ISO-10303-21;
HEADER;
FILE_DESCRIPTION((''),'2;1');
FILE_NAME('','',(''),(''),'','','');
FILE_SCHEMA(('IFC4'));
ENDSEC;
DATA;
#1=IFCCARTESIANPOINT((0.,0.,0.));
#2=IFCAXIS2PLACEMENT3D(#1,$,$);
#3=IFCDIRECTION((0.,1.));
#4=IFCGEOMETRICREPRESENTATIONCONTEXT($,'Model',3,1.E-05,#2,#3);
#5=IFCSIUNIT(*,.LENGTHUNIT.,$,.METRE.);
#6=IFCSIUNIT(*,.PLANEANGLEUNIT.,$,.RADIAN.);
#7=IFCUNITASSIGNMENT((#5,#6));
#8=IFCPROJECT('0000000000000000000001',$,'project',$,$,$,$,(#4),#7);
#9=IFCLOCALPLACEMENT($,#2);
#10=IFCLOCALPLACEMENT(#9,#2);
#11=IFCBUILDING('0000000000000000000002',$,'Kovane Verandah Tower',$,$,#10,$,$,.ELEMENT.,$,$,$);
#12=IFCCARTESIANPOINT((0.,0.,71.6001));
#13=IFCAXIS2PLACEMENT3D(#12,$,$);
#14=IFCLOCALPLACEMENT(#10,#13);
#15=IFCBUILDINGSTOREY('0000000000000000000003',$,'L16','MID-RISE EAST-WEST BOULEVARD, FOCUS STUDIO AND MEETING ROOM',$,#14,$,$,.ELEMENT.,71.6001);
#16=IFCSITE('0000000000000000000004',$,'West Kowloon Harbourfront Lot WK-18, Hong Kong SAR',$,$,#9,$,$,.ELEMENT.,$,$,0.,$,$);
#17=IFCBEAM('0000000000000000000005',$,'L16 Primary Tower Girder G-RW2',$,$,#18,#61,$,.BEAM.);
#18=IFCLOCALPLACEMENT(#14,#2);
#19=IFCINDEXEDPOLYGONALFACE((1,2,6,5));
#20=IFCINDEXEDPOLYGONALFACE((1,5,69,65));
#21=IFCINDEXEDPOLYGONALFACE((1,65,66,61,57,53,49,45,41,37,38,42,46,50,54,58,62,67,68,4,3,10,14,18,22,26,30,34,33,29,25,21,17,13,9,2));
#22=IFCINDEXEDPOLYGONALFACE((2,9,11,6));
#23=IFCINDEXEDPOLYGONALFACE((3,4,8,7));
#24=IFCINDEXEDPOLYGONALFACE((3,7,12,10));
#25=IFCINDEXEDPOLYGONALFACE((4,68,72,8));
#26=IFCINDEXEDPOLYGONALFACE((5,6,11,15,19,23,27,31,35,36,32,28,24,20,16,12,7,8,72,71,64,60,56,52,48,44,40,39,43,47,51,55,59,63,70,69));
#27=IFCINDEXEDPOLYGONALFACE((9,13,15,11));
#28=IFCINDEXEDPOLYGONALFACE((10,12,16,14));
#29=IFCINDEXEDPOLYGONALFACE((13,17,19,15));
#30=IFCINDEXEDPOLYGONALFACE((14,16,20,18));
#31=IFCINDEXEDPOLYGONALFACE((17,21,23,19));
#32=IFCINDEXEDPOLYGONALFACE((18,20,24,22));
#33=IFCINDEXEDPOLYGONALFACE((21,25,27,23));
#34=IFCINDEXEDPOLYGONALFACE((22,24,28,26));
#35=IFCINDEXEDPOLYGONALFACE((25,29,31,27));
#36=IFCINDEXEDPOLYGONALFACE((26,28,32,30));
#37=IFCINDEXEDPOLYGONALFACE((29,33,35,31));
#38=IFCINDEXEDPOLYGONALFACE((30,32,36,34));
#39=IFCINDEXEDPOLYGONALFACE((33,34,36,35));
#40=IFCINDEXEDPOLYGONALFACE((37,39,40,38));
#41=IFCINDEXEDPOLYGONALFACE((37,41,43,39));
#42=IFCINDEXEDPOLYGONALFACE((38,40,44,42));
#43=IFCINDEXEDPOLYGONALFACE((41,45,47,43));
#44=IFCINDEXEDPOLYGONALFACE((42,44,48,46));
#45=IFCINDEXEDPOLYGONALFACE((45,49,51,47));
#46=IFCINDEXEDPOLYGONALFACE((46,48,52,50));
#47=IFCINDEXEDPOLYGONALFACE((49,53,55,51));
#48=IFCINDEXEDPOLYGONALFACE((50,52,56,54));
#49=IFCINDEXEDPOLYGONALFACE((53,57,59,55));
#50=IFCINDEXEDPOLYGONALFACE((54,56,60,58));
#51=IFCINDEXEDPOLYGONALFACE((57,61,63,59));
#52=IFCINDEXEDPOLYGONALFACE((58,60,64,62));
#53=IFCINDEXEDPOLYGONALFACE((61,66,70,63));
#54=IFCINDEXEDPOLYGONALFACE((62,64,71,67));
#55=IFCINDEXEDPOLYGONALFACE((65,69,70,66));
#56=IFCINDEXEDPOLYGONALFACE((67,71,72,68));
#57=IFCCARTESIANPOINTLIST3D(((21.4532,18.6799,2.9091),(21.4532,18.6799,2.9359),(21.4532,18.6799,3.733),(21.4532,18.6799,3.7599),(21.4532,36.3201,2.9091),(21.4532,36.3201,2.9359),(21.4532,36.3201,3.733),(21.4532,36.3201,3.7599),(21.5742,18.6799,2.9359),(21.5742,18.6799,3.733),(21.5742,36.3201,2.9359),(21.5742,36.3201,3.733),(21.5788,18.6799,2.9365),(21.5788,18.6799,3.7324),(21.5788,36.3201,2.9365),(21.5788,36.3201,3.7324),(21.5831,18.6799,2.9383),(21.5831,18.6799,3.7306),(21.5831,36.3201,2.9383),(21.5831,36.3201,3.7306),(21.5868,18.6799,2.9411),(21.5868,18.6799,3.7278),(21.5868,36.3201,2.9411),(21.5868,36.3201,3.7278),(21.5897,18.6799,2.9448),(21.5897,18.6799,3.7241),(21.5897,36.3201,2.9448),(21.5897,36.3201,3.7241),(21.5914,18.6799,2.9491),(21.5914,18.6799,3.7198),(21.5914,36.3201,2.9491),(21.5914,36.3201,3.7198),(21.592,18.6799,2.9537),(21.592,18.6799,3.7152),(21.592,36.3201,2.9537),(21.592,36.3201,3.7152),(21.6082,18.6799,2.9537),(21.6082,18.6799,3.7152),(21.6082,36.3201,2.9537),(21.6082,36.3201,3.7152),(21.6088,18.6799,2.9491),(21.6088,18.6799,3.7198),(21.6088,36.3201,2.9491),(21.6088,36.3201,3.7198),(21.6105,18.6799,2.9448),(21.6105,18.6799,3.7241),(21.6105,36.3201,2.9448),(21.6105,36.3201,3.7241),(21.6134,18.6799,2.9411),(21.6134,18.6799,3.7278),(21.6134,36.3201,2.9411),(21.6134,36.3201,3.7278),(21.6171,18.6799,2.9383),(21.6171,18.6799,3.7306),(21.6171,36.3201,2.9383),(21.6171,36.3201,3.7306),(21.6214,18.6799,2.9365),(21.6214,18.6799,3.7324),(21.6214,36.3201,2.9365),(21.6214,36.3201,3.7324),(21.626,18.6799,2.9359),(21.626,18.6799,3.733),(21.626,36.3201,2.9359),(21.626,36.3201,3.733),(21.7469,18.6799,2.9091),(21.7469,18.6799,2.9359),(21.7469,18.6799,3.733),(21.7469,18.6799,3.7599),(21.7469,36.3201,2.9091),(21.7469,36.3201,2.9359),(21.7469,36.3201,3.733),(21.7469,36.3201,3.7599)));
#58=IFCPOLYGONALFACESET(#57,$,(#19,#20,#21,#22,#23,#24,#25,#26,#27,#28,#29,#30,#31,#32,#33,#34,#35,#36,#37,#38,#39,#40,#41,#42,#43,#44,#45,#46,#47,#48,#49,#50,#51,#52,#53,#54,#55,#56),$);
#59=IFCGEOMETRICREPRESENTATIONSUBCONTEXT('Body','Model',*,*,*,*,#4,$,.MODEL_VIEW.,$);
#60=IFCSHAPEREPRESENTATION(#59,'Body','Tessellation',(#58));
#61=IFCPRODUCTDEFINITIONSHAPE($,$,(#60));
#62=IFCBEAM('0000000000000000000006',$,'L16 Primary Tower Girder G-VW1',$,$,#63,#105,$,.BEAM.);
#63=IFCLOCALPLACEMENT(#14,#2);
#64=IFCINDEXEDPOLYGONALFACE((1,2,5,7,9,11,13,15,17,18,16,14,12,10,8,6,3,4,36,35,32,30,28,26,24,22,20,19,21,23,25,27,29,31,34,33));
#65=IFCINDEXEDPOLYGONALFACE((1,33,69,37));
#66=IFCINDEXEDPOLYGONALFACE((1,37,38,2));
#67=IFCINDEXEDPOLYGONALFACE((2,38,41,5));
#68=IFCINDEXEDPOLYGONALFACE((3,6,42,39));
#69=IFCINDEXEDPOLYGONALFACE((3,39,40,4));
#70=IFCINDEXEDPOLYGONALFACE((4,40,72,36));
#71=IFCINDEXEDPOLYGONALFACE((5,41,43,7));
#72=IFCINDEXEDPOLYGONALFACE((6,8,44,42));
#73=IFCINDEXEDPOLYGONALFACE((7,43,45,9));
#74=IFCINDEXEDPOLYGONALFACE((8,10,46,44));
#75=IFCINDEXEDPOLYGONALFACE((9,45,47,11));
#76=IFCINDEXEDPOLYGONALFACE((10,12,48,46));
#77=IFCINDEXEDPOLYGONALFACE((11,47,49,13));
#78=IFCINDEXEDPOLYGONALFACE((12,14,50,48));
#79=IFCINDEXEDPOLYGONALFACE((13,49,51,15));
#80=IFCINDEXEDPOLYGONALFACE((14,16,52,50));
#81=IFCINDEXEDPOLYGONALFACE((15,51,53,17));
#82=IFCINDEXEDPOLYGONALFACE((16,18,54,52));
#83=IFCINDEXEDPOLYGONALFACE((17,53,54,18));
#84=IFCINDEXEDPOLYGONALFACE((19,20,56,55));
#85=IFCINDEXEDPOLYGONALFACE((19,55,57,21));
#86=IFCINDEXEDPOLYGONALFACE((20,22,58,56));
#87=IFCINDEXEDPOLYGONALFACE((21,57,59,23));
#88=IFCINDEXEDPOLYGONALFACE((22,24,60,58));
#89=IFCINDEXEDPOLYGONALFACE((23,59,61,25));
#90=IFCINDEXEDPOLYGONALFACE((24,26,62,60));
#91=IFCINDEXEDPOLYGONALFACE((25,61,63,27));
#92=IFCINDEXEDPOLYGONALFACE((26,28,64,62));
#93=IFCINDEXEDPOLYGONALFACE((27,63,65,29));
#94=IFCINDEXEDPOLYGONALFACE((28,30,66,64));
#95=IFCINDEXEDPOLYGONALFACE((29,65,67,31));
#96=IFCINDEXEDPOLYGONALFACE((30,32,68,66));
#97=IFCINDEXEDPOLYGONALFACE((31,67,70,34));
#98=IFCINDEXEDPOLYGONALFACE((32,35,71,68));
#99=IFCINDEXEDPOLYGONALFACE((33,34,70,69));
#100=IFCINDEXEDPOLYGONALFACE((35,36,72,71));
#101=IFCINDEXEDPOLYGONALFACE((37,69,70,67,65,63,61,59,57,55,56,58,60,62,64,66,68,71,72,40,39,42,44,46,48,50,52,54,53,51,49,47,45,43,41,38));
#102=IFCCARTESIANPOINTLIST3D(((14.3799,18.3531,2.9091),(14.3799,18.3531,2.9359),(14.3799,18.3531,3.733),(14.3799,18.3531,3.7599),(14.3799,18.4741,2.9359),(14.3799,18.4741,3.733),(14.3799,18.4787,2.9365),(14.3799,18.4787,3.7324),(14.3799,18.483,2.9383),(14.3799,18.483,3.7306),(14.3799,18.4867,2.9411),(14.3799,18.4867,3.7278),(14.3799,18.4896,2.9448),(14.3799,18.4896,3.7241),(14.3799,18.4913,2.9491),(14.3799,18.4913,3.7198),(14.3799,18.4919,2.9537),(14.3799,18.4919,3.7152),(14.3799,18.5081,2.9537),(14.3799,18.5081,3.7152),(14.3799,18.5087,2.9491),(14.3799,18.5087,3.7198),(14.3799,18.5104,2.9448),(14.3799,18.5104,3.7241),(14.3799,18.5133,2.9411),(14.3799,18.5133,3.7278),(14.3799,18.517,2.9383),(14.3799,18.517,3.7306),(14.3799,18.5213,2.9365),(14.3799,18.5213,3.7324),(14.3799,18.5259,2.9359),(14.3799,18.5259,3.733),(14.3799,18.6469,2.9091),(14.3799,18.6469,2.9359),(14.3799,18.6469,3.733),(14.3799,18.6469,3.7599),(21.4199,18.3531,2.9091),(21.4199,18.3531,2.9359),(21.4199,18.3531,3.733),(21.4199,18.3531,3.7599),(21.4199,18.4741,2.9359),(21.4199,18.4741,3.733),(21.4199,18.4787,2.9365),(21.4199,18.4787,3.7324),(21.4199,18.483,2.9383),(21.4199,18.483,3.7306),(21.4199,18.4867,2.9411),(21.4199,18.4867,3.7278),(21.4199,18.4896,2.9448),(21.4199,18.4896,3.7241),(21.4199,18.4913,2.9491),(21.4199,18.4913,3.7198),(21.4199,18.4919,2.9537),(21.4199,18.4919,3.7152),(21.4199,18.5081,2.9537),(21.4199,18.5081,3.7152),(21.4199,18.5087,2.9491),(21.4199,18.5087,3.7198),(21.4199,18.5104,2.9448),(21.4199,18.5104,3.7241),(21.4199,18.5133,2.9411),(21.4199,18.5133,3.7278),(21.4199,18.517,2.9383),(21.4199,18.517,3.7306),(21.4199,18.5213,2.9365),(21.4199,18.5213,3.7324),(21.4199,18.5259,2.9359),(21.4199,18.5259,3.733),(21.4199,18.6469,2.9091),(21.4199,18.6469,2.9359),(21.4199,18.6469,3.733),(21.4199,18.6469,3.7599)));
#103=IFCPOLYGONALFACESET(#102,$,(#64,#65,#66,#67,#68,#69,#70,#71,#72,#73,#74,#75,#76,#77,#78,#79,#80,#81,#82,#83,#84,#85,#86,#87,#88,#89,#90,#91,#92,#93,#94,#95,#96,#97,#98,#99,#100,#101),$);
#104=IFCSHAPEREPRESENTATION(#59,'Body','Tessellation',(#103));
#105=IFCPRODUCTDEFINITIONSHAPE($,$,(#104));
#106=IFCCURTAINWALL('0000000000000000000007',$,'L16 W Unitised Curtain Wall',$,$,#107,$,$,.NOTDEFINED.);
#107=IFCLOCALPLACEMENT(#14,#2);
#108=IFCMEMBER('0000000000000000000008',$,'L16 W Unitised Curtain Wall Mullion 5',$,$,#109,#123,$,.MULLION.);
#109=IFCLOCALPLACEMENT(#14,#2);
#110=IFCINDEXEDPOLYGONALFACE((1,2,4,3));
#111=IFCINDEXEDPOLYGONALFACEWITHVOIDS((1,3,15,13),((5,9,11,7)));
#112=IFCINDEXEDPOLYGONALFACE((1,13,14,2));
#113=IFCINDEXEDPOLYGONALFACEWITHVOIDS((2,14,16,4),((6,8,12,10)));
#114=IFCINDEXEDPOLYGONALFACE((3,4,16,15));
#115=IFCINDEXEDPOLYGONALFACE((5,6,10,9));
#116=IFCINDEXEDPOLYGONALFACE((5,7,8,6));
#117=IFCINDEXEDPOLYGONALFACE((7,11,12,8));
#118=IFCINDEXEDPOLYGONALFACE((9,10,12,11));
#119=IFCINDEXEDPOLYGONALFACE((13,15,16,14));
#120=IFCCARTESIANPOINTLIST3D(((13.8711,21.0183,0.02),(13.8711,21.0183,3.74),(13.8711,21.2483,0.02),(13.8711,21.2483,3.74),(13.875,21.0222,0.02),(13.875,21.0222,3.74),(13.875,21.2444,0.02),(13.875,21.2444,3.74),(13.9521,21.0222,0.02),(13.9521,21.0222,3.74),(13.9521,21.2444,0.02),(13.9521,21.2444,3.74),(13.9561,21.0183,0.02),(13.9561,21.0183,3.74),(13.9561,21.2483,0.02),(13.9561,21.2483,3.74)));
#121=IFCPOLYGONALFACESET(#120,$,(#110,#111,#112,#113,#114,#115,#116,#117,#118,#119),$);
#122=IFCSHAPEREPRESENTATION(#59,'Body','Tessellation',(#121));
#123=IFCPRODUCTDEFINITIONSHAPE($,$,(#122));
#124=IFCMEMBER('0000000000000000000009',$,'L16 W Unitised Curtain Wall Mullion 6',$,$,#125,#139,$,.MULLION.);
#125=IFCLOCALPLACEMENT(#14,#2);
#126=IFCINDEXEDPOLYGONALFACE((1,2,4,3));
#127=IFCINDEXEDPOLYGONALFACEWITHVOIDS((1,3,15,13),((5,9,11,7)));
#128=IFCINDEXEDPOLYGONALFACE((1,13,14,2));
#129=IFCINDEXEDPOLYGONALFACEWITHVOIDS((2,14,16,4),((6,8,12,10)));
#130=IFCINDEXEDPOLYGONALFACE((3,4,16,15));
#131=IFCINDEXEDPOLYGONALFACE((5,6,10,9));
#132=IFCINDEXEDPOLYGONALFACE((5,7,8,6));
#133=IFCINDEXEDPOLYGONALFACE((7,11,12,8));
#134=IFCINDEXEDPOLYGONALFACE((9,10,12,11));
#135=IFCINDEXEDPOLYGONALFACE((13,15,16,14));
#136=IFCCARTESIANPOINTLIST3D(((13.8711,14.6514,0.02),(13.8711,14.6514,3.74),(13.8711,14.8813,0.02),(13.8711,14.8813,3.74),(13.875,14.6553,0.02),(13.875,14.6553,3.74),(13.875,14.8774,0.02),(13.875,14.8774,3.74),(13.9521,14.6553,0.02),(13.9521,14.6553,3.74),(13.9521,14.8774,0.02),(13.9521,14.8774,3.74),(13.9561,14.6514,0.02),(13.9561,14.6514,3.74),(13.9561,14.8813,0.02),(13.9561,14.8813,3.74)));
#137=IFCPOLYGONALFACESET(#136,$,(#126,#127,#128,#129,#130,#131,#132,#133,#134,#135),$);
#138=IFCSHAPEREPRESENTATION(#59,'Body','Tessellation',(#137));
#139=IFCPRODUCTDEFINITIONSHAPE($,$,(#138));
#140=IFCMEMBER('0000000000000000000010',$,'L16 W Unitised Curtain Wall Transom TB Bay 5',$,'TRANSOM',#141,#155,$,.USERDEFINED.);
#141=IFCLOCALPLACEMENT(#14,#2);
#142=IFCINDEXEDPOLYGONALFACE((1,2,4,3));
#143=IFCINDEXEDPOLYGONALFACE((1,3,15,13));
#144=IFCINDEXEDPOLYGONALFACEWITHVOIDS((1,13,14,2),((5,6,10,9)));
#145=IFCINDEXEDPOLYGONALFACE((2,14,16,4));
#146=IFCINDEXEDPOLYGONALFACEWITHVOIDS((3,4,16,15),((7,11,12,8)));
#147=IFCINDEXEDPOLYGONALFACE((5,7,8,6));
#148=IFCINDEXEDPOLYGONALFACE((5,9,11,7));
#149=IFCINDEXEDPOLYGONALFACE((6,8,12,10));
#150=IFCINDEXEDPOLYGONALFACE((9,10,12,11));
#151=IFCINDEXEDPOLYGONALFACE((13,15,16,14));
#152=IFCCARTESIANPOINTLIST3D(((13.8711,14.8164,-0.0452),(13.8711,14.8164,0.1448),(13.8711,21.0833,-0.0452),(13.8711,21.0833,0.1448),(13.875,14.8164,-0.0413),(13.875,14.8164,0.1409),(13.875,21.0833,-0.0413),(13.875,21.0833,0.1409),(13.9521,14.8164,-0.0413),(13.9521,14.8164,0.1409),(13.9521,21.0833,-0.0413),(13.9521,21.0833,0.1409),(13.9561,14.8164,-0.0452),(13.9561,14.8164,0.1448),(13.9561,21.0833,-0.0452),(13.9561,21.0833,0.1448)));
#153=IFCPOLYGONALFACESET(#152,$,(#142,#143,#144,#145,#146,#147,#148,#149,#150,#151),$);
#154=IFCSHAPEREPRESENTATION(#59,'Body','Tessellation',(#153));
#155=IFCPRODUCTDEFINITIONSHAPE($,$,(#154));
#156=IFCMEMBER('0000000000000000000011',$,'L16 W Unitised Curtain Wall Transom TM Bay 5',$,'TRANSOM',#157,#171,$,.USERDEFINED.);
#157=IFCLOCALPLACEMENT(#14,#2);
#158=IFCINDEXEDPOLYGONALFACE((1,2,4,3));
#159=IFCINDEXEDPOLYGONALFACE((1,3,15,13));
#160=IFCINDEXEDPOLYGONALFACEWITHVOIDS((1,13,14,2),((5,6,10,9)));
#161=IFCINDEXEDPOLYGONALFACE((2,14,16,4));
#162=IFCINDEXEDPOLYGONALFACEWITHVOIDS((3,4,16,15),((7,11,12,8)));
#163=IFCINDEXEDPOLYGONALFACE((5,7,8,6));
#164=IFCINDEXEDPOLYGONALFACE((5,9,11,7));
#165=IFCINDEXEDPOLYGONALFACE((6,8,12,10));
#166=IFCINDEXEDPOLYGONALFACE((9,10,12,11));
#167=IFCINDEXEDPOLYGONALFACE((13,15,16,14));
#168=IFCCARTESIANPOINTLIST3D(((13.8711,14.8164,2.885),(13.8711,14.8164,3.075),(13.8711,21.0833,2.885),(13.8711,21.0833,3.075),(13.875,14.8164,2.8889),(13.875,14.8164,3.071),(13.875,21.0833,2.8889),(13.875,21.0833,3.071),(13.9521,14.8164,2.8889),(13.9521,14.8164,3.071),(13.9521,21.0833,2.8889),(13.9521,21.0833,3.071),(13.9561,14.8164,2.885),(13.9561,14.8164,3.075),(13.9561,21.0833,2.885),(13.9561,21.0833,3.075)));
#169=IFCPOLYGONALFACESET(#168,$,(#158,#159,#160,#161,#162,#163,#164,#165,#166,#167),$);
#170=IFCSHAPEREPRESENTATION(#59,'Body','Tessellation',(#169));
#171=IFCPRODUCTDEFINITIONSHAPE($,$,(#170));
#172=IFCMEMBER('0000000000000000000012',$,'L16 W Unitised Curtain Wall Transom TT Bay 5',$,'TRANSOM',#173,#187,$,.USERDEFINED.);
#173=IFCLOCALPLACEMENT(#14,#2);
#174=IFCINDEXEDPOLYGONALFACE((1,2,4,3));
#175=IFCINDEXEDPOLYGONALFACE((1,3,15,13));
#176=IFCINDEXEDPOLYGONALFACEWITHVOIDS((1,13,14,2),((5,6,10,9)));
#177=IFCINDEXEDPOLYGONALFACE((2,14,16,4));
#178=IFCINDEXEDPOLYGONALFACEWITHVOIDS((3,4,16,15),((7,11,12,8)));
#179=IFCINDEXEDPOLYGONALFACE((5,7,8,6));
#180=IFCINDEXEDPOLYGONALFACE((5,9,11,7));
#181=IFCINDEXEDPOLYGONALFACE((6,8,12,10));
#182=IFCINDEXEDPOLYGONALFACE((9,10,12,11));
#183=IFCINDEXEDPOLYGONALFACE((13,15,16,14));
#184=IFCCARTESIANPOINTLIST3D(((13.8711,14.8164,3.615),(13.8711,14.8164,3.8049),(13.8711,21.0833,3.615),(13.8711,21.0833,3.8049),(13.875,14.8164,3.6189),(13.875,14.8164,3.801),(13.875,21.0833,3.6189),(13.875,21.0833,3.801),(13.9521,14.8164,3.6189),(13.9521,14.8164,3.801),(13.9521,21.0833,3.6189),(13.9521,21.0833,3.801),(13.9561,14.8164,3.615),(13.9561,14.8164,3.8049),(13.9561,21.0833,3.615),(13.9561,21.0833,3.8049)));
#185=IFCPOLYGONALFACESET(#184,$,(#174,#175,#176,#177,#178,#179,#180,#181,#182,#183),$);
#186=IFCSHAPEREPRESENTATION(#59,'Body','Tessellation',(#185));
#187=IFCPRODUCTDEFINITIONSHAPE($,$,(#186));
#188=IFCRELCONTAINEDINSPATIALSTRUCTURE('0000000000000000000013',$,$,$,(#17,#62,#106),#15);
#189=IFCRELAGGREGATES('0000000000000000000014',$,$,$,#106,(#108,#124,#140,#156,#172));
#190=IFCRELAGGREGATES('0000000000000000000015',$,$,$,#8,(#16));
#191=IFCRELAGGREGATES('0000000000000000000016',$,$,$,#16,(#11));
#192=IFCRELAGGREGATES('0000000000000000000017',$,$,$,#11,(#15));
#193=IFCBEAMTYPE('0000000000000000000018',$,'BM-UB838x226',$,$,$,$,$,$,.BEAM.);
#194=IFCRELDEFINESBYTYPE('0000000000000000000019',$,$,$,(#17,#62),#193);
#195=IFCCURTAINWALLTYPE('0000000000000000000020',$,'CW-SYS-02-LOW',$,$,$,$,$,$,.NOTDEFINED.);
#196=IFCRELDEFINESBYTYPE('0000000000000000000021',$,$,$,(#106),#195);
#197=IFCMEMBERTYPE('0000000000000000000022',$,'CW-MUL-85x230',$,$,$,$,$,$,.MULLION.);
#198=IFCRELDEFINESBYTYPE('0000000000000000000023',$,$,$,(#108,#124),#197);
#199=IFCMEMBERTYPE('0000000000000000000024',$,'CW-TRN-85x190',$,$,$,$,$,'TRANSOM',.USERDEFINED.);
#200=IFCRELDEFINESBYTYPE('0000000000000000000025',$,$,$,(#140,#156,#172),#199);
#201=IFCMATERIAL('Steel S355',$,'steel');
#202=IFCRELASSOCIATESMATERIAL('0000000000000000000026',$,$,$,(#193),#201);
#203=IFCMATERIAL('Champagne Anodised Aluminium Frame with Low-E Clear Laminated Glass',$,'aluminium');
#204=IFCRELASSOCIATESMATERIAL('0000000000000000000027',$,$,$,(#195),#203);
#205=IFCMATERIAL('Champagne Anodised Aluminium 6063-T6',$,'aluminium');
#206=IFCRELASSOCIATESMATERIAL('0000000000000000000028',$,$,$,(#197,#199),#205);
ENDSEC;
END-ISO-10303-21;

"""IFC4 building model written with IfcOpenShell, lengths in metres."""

from ifc_helpers import new_model, si_unit, direction, frame, origin, origin_2d, place, context, subcontext, project, spatial, hollow_rectangle, i_section, extrude, material, material_profile, profile_set, type_object, element, aggregate, save


model = new_model("IFC4")

# Units and contexts
model_context = context("Model", 3, precision=1e-05, world=origin(), true_north=direction((0.0, 1.0)))
body_context = subcontext(model_context, "Body", "Model", "MODEL_VIEW")
ifc_project = project(units=[si_unit("LENGTHUNIT", "METRE"), si_unit("PLANEANGLEUNIT", "RADIAN")], contexts=[model_context])

# Site, building, storey
site_placement = place(None, origin())
site = spatial("IfcSite", under=ifc_project, at=site_placement, Name="West Kowloon Harbourfront Lot WK-18, Hong Kong SAR", CompositionType="ELEMENT", RefElevation=0.0)
building_placement = place(site_placement, origin())
building = spatial("IfcBuilding", under=site, at=building_placement, Name="Kovane Verandah Tower", CompositionType="ELEMENT")
storey_placement = place(building_placement, frame((0.0, 0.0, 71.6001)))
storey = spatial("IfcBuildingStorey", under=building, at=storey_placement, Name="L16", Description="MID-RISE EAST-WEST BOULEVARD, FOCUS STUDIO AND MEETING ROOM", CompositionType="ELEMENT", Elevation=71.6001)

# Beams
ifc_material_1 = material(Name="Steel S355", Category="steel")
ifc_material_profile_1 = material_profile(ifc_material_1, i_section(OverallWidth=0.2937, OverallDepth=0.8508, WebThickness=0.0161, FlangeThickness=0.0269, FilletRadius=0.0178, at=origin_2d()), Name="UB838x292x226")
ifc_profile_set_1 = profile_set([ifc_material_profile_1], Name="Steel S355")
beam_type_1 = type_object("IfcBeamType", Name="BM-UB838x226", PredefinedType="BEAM", material=ifc_profile_set_1)
beam_1_placement = place(storey_placement, frame((21.6001, 18.6799, 3.3345), z_axis=(0.0, 1.0, 0.0), x_axis=(-1.0, 0.0, 0.0)))
element("IfcBeam", 1, at=beam_1_placement, inside=storey, type_object=beam_type_1, Name="L16 Primary Tower Girder G-RW2", PredefinedType="BEAM", context=body_context, shape_type="SweptSolid", body=[
    extrude(i_section(OverallWidth=0.2937, OverallDepth=0.8508, WebThickness=0.0161, FlangeThickness=0.0269, FilletRadius=0.0178, at=origin_2d()), origin(), (0.0, 0.0, 1.0), 17.6401),
])
beam_2_placement = place(storey_placement, frame((21.4199, 18.5, 3.3345), z_axis=(-1.0, 0.0, 0.0), x_axis=(0.0, -1.0, 0.0)))
element("IfcBeam", 2, at=beam_2_placement, inside=storey, type_object=beam_type_1, Name="L16 Primary Tower Girder G-VW1", PredefinedType="BEAM", context=body_context, shape_type="SweptSolid", body=[
    extrude(i_section(OverallWidth=0.2937, OverallDepth=0.8508, WebThickness=0.0161, FlangeThickness=0.0269, FilletRadius=0.0178, at=origin_2d()), origin(), (0.0, 0.0, 1.0), 7.04),
])

# Curtain wall, members
ifc_material_2 = material(Name="Champagne Anodised Aluminium Frame with Low-E Clear Laminated Glass", Category="aluminium")
curtain_wall_type = type_object("IfcCurtainWallType", Name="CW-SYS-02-LOW", PredefinedType="NOTDEFINED", material=ifc_material_2)
curtain_wall_placement = place(storey_placement, origin())
curtain_wall = element("IfcCurtainWall", 3, at=curtain_wall_placement, inside=storey, type_object=curtain_wall_type, Name="L16 W Unitised Curtain Wall", PredefinedType="NOTDEFINED")
ifc_material_3 = material(Name="Champagne Anodised Aluminium 6063-T6", Category="aluminium")
ifc_material_profile_2 = material_profile(ifc_material_3, hollow_rectangle(XDim=0.085, YDim=0.23, WallThickness=0.0039, at=origin_2d()), Name="AL85x230x4")
ifc_profile_set_2 = profile_set([ifc_material_profile_2], Name="Champagne Anodised Aluminium 6063-T6")
member_type_1 = type_object("IfcMemberType", Name="CW-MUL-85x230", PredefinedType="MULLION", material=ifc_profile_set_2)
member_1_placement = place(storey_placement, frame((13.9136, 21.1333, 0.02), z_axis=(0.0, 0.0, 1.0), x_axis=(-1.0, 0.0, 0.0)))
member_1 = element("IfcMember", 4, at=member_1_placement, type_object=member_type_1, Name="L16 W Unitised Curtain Wall Mullion 5", PredefinedType="MULLION", context=body_context, shape_type="SweptSolid", body=[
    extrude(hollow_rectangle(XDim=0.085, YDim=0.23, WallThickness=0.0039, at=origin_2d()), origin(), (0.0, 0.0, 1.0), 3.72),
])
member_2_placement = place(storey_placement, frame((13.9136, 14.7664, 0.02), z_axis=(0.0, 0.0, 1.0), x_axis=(-1.0, 0.0, 0.0)))
member_2 = element("IfcMember", 5, at=member_2_placement, type_object=member_type_1, Name="L16 W Unitised Curtain Wall Mullion 6", PredefinedType="MULLION", context=body_context, shape_type="SweptSolid", body=[
    extrude(hollow_rectangle(XDim=0.085, YDim=0.23, WallThickness=0.0039, at=origin_2d()), origin(), (0.0, 0.0, 1.0), 3.72),
])
ifc_material_profile_3 = material_profile(ifc_material_3, hollow_rectangle(XDim=0.085, YDim=0.1899, WallThickness=0.0039, at=origin_2d()), Name="AL85x190x4")
ifc_profile_set_3 = profile_set([ifc_material_profile_3], Name="Champagne Anodised Aluminium 6063-T6")
member_type_2 = type_object("IfcMemberType", Name="CW-TRN-85x190", ElementType="TRANSOM", PredefinedType="USERDEFINED", material=ifc_profile_set_3)
member_3_placement = place(storey_placement, frame((13.9136, 21.0833, 0.0498), z_axis=(0.0, -1.0, 0.0), x_axis=(1.0, 0.0, 0.0)))
member_3 = element("IfcMember", 6, at=member_3_placement, type_object=member_type_2, Name="L16 W Unitised Curtain Wall Transom TB Bay 5", ObjectType="TRANSOM", PredefinedType="USERDEFINED", context=body_context, shape_type="SweptSolid", body=[
    extrude(hollow_rectangle(XDim=0.085, YDim=0.1899, WallThickness=0.0039, at=origin_2d()), origin(), (0.0, 0.0, 1.0), 6.2668),
])
member_4_placement = place(storey_placement, frame((13.9136, 21.0833, 2.98), z_axis=(0.0, -1.0, 0.0), x_axis=(1.0, 0.0, 0.0)))
member_4 = element("IfcMember", 7, at=member_4_placement, type_object=member_type_2, Name="L16 W Unitised Curtain Wall Transom TM Bay 5", ObjectType="TRANSOM", PredefinedType="USERDEFINED", context=body_context, shape_type="SweptSolid", body=[
    extrude(hollow_rectangle(XDim=0.085, YDim=0.1899, WallThickness=0.0039, at=origin_2d()), origin(), (0.0, 0.0, 1.0), 6.2668),
])
member_5_placement = place(storey_placement, frame((13.9136, 21.0833, 3.71), z_axis=(0.0, -1.0, 0.0), x_axis=(1.0, 0.0, 0.0)))
member_5 = element("IfcMember", 8, at=member_5_placement, type_object=member_type_2, Name="L16 W Unitised Curtain Wall Transom TT Bay 5", ObjectType="TRANSOM", PredefinedType="USERDEFINED", context=body_context, shape_type="SweptSolid", body=[
    extrude(hollow_rectangle(XDim=0.085, YDim=0.1899, WallThickness=0.0039, at=origin_2d()), origin(), (0.0, 0.0, 1.0), 6.2668),
])

aggregate(curtain_wall, [member_1, member_2, member_3, member_4, member_5])

save(model, "model.ifc")
